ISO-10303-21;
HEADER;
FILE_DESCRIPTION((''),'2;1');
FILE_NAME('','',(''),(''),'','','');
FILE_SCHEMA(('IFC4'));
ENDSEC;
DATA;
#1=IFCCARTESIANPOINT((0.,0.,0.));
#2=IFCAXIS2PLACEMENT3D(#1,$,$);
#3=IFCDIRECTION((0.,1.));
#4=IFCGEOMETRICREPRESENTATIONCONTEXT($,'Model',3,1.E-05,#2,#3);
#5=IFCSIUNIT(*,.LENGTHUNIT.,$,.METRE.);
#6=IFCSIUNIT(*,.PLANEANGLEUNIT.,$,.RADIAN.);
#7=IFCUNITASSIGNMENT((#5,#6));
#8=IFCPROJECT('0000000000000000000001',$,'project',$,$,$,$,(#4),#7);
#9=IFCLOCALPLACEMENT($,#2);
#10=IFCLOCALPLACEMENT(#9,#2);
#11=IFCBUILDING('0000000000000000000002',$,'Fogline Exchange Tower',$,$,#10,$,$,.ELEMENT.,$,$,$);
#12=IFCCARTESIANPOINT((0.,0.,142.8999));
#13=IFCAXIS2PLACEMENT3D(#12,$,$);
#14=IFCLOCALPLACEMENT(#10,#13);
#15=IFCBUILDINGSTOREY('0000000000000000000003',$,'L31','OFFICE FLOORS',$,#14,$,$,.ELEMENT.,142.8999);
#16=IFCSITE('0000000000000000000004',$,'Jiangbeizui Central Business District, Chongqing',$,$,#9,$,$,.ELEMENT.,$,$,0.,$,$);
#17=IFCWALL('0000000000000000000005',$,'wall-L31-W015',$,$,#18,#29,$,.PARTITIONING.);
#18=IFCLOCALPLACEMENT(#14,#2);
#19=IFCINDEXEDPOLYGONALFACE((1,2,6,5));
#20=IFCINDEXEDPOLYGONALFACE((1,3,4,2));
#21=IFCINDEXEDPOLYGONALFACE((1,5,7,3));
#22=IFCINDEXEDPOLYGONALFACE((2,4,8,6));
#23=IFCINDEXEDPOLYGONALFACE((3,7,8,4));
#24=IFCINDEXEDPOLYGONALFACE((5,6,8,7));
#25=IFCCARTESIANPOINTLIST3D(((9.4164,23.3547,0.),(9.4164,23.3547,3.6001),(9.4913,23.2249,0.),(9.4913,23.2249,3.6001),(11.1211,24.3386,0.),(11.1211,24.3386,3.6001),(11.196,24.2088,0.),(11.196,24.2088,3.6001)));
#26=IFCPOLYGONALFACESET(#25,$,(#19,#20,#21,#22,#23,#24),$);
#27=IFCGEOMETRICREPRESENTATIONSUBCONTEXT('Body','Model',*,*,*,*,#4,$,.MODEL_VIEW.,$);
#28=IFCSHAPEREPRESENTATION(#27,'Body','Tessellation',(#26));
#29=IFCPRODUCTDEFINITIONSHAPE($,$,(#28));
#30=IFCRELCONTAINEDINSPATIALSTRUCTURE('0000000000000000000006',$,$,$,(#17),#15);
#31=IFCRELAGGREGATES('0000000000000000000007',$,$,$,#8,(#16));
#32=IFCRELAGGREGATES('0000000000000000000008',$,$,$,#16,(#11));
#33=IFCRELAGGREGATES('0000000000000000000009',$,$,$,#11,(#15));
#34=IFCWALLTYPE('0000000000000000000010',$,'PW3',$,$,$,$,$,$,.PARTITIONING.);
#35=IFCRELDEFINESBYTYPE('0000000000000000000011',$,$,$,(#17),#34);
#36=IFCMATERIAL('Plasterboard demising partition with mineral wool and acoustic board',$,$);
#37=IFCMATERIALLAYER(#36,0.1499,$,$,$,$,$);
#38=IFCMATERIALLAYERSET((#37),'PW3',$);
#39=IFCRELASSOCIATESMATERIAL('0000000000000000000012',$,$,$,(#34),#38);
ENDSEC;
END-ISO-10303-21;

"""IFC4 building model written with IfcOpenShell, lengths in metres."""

from ifc_helpers import new_model, si_unit, direction, frame, frame_2d, origin, place, context, subcontext, project, spatial, rectangle, extrude, material, layer, layer_set, type_object, element, save


model = new_model("IFC4")

# Units and contexts
model_context = context("Model", 3, precision=1e-05, world=origin(), true_north=direction((0.0, 1.0)))
body_context = subcontext(model_context, "Body", "Model", "MODEL_VIEW")
ifc_project = project(units=[si_unit("LENGTHUNIT", "METRE"), si_unit("PLANEANGLEUNIT", "RADIAN")], contexts=[model_context])

# Site, building, storey
site_placement = place(None, origin())
site = spatial("IfcSite", under=ifc_project, at=site_placement, Name="Jiangbeizui Central Business District, Chongqing", CompositionType="ELEMENT", RefElevation=0.0)
building_placement = place(site_placement, origin())
building = spatial("IfcBuilding", under=site, at=building_placement, Name="Fogline Exchange Tower", CompositionType="ELEMENT")
storey_placement = place(building_placement, frame((0.0, 0.0, 142.8999)))
storey = spatial("IfcBuildingStorey", under=building, at=storey_placement, Name="L31", Description="OFFICE FLOORS", CompositionType="ELEMENT", Elevation=142.8999)

# Wall
ifc_material_1 = material(Name="Plasterboard demising partition with mineral wool and acoustic board")
ifc_layer_1 = layer(ifc_material_1, 0.1499)
ifc_layer_set_1 = layer_set([ifc_layer_1], Name="PW3")
wall_type_1 = type_object("IfcWallType", Name="PW3", PredefinedType="PARTITIONING", material=ifc_layer_set_1)
wall_1_placement = place(storey_placement, frame((9.4539, 23.2898, 0.0), z_axis=(0.0, 0.0, 1.0), x_axis=(0.866082, 0.499901, 0.0)))
element("IfcWall", 1, at=wall_1_placement, inside=storey, type_object=wall_type_1, Name="wall-L31-W015", PredefinedType="PARTITIONING", context=body_context, shape_type="SweptSolid", body=[
    extrude(rectangle(XDim=1.9683, YDim=0.1499, at=frame_2d((0.9841, 0.0))), origin(), (0.0, 0.0, 1.0), 3.6001),
])

save(model, "model.ifc")
